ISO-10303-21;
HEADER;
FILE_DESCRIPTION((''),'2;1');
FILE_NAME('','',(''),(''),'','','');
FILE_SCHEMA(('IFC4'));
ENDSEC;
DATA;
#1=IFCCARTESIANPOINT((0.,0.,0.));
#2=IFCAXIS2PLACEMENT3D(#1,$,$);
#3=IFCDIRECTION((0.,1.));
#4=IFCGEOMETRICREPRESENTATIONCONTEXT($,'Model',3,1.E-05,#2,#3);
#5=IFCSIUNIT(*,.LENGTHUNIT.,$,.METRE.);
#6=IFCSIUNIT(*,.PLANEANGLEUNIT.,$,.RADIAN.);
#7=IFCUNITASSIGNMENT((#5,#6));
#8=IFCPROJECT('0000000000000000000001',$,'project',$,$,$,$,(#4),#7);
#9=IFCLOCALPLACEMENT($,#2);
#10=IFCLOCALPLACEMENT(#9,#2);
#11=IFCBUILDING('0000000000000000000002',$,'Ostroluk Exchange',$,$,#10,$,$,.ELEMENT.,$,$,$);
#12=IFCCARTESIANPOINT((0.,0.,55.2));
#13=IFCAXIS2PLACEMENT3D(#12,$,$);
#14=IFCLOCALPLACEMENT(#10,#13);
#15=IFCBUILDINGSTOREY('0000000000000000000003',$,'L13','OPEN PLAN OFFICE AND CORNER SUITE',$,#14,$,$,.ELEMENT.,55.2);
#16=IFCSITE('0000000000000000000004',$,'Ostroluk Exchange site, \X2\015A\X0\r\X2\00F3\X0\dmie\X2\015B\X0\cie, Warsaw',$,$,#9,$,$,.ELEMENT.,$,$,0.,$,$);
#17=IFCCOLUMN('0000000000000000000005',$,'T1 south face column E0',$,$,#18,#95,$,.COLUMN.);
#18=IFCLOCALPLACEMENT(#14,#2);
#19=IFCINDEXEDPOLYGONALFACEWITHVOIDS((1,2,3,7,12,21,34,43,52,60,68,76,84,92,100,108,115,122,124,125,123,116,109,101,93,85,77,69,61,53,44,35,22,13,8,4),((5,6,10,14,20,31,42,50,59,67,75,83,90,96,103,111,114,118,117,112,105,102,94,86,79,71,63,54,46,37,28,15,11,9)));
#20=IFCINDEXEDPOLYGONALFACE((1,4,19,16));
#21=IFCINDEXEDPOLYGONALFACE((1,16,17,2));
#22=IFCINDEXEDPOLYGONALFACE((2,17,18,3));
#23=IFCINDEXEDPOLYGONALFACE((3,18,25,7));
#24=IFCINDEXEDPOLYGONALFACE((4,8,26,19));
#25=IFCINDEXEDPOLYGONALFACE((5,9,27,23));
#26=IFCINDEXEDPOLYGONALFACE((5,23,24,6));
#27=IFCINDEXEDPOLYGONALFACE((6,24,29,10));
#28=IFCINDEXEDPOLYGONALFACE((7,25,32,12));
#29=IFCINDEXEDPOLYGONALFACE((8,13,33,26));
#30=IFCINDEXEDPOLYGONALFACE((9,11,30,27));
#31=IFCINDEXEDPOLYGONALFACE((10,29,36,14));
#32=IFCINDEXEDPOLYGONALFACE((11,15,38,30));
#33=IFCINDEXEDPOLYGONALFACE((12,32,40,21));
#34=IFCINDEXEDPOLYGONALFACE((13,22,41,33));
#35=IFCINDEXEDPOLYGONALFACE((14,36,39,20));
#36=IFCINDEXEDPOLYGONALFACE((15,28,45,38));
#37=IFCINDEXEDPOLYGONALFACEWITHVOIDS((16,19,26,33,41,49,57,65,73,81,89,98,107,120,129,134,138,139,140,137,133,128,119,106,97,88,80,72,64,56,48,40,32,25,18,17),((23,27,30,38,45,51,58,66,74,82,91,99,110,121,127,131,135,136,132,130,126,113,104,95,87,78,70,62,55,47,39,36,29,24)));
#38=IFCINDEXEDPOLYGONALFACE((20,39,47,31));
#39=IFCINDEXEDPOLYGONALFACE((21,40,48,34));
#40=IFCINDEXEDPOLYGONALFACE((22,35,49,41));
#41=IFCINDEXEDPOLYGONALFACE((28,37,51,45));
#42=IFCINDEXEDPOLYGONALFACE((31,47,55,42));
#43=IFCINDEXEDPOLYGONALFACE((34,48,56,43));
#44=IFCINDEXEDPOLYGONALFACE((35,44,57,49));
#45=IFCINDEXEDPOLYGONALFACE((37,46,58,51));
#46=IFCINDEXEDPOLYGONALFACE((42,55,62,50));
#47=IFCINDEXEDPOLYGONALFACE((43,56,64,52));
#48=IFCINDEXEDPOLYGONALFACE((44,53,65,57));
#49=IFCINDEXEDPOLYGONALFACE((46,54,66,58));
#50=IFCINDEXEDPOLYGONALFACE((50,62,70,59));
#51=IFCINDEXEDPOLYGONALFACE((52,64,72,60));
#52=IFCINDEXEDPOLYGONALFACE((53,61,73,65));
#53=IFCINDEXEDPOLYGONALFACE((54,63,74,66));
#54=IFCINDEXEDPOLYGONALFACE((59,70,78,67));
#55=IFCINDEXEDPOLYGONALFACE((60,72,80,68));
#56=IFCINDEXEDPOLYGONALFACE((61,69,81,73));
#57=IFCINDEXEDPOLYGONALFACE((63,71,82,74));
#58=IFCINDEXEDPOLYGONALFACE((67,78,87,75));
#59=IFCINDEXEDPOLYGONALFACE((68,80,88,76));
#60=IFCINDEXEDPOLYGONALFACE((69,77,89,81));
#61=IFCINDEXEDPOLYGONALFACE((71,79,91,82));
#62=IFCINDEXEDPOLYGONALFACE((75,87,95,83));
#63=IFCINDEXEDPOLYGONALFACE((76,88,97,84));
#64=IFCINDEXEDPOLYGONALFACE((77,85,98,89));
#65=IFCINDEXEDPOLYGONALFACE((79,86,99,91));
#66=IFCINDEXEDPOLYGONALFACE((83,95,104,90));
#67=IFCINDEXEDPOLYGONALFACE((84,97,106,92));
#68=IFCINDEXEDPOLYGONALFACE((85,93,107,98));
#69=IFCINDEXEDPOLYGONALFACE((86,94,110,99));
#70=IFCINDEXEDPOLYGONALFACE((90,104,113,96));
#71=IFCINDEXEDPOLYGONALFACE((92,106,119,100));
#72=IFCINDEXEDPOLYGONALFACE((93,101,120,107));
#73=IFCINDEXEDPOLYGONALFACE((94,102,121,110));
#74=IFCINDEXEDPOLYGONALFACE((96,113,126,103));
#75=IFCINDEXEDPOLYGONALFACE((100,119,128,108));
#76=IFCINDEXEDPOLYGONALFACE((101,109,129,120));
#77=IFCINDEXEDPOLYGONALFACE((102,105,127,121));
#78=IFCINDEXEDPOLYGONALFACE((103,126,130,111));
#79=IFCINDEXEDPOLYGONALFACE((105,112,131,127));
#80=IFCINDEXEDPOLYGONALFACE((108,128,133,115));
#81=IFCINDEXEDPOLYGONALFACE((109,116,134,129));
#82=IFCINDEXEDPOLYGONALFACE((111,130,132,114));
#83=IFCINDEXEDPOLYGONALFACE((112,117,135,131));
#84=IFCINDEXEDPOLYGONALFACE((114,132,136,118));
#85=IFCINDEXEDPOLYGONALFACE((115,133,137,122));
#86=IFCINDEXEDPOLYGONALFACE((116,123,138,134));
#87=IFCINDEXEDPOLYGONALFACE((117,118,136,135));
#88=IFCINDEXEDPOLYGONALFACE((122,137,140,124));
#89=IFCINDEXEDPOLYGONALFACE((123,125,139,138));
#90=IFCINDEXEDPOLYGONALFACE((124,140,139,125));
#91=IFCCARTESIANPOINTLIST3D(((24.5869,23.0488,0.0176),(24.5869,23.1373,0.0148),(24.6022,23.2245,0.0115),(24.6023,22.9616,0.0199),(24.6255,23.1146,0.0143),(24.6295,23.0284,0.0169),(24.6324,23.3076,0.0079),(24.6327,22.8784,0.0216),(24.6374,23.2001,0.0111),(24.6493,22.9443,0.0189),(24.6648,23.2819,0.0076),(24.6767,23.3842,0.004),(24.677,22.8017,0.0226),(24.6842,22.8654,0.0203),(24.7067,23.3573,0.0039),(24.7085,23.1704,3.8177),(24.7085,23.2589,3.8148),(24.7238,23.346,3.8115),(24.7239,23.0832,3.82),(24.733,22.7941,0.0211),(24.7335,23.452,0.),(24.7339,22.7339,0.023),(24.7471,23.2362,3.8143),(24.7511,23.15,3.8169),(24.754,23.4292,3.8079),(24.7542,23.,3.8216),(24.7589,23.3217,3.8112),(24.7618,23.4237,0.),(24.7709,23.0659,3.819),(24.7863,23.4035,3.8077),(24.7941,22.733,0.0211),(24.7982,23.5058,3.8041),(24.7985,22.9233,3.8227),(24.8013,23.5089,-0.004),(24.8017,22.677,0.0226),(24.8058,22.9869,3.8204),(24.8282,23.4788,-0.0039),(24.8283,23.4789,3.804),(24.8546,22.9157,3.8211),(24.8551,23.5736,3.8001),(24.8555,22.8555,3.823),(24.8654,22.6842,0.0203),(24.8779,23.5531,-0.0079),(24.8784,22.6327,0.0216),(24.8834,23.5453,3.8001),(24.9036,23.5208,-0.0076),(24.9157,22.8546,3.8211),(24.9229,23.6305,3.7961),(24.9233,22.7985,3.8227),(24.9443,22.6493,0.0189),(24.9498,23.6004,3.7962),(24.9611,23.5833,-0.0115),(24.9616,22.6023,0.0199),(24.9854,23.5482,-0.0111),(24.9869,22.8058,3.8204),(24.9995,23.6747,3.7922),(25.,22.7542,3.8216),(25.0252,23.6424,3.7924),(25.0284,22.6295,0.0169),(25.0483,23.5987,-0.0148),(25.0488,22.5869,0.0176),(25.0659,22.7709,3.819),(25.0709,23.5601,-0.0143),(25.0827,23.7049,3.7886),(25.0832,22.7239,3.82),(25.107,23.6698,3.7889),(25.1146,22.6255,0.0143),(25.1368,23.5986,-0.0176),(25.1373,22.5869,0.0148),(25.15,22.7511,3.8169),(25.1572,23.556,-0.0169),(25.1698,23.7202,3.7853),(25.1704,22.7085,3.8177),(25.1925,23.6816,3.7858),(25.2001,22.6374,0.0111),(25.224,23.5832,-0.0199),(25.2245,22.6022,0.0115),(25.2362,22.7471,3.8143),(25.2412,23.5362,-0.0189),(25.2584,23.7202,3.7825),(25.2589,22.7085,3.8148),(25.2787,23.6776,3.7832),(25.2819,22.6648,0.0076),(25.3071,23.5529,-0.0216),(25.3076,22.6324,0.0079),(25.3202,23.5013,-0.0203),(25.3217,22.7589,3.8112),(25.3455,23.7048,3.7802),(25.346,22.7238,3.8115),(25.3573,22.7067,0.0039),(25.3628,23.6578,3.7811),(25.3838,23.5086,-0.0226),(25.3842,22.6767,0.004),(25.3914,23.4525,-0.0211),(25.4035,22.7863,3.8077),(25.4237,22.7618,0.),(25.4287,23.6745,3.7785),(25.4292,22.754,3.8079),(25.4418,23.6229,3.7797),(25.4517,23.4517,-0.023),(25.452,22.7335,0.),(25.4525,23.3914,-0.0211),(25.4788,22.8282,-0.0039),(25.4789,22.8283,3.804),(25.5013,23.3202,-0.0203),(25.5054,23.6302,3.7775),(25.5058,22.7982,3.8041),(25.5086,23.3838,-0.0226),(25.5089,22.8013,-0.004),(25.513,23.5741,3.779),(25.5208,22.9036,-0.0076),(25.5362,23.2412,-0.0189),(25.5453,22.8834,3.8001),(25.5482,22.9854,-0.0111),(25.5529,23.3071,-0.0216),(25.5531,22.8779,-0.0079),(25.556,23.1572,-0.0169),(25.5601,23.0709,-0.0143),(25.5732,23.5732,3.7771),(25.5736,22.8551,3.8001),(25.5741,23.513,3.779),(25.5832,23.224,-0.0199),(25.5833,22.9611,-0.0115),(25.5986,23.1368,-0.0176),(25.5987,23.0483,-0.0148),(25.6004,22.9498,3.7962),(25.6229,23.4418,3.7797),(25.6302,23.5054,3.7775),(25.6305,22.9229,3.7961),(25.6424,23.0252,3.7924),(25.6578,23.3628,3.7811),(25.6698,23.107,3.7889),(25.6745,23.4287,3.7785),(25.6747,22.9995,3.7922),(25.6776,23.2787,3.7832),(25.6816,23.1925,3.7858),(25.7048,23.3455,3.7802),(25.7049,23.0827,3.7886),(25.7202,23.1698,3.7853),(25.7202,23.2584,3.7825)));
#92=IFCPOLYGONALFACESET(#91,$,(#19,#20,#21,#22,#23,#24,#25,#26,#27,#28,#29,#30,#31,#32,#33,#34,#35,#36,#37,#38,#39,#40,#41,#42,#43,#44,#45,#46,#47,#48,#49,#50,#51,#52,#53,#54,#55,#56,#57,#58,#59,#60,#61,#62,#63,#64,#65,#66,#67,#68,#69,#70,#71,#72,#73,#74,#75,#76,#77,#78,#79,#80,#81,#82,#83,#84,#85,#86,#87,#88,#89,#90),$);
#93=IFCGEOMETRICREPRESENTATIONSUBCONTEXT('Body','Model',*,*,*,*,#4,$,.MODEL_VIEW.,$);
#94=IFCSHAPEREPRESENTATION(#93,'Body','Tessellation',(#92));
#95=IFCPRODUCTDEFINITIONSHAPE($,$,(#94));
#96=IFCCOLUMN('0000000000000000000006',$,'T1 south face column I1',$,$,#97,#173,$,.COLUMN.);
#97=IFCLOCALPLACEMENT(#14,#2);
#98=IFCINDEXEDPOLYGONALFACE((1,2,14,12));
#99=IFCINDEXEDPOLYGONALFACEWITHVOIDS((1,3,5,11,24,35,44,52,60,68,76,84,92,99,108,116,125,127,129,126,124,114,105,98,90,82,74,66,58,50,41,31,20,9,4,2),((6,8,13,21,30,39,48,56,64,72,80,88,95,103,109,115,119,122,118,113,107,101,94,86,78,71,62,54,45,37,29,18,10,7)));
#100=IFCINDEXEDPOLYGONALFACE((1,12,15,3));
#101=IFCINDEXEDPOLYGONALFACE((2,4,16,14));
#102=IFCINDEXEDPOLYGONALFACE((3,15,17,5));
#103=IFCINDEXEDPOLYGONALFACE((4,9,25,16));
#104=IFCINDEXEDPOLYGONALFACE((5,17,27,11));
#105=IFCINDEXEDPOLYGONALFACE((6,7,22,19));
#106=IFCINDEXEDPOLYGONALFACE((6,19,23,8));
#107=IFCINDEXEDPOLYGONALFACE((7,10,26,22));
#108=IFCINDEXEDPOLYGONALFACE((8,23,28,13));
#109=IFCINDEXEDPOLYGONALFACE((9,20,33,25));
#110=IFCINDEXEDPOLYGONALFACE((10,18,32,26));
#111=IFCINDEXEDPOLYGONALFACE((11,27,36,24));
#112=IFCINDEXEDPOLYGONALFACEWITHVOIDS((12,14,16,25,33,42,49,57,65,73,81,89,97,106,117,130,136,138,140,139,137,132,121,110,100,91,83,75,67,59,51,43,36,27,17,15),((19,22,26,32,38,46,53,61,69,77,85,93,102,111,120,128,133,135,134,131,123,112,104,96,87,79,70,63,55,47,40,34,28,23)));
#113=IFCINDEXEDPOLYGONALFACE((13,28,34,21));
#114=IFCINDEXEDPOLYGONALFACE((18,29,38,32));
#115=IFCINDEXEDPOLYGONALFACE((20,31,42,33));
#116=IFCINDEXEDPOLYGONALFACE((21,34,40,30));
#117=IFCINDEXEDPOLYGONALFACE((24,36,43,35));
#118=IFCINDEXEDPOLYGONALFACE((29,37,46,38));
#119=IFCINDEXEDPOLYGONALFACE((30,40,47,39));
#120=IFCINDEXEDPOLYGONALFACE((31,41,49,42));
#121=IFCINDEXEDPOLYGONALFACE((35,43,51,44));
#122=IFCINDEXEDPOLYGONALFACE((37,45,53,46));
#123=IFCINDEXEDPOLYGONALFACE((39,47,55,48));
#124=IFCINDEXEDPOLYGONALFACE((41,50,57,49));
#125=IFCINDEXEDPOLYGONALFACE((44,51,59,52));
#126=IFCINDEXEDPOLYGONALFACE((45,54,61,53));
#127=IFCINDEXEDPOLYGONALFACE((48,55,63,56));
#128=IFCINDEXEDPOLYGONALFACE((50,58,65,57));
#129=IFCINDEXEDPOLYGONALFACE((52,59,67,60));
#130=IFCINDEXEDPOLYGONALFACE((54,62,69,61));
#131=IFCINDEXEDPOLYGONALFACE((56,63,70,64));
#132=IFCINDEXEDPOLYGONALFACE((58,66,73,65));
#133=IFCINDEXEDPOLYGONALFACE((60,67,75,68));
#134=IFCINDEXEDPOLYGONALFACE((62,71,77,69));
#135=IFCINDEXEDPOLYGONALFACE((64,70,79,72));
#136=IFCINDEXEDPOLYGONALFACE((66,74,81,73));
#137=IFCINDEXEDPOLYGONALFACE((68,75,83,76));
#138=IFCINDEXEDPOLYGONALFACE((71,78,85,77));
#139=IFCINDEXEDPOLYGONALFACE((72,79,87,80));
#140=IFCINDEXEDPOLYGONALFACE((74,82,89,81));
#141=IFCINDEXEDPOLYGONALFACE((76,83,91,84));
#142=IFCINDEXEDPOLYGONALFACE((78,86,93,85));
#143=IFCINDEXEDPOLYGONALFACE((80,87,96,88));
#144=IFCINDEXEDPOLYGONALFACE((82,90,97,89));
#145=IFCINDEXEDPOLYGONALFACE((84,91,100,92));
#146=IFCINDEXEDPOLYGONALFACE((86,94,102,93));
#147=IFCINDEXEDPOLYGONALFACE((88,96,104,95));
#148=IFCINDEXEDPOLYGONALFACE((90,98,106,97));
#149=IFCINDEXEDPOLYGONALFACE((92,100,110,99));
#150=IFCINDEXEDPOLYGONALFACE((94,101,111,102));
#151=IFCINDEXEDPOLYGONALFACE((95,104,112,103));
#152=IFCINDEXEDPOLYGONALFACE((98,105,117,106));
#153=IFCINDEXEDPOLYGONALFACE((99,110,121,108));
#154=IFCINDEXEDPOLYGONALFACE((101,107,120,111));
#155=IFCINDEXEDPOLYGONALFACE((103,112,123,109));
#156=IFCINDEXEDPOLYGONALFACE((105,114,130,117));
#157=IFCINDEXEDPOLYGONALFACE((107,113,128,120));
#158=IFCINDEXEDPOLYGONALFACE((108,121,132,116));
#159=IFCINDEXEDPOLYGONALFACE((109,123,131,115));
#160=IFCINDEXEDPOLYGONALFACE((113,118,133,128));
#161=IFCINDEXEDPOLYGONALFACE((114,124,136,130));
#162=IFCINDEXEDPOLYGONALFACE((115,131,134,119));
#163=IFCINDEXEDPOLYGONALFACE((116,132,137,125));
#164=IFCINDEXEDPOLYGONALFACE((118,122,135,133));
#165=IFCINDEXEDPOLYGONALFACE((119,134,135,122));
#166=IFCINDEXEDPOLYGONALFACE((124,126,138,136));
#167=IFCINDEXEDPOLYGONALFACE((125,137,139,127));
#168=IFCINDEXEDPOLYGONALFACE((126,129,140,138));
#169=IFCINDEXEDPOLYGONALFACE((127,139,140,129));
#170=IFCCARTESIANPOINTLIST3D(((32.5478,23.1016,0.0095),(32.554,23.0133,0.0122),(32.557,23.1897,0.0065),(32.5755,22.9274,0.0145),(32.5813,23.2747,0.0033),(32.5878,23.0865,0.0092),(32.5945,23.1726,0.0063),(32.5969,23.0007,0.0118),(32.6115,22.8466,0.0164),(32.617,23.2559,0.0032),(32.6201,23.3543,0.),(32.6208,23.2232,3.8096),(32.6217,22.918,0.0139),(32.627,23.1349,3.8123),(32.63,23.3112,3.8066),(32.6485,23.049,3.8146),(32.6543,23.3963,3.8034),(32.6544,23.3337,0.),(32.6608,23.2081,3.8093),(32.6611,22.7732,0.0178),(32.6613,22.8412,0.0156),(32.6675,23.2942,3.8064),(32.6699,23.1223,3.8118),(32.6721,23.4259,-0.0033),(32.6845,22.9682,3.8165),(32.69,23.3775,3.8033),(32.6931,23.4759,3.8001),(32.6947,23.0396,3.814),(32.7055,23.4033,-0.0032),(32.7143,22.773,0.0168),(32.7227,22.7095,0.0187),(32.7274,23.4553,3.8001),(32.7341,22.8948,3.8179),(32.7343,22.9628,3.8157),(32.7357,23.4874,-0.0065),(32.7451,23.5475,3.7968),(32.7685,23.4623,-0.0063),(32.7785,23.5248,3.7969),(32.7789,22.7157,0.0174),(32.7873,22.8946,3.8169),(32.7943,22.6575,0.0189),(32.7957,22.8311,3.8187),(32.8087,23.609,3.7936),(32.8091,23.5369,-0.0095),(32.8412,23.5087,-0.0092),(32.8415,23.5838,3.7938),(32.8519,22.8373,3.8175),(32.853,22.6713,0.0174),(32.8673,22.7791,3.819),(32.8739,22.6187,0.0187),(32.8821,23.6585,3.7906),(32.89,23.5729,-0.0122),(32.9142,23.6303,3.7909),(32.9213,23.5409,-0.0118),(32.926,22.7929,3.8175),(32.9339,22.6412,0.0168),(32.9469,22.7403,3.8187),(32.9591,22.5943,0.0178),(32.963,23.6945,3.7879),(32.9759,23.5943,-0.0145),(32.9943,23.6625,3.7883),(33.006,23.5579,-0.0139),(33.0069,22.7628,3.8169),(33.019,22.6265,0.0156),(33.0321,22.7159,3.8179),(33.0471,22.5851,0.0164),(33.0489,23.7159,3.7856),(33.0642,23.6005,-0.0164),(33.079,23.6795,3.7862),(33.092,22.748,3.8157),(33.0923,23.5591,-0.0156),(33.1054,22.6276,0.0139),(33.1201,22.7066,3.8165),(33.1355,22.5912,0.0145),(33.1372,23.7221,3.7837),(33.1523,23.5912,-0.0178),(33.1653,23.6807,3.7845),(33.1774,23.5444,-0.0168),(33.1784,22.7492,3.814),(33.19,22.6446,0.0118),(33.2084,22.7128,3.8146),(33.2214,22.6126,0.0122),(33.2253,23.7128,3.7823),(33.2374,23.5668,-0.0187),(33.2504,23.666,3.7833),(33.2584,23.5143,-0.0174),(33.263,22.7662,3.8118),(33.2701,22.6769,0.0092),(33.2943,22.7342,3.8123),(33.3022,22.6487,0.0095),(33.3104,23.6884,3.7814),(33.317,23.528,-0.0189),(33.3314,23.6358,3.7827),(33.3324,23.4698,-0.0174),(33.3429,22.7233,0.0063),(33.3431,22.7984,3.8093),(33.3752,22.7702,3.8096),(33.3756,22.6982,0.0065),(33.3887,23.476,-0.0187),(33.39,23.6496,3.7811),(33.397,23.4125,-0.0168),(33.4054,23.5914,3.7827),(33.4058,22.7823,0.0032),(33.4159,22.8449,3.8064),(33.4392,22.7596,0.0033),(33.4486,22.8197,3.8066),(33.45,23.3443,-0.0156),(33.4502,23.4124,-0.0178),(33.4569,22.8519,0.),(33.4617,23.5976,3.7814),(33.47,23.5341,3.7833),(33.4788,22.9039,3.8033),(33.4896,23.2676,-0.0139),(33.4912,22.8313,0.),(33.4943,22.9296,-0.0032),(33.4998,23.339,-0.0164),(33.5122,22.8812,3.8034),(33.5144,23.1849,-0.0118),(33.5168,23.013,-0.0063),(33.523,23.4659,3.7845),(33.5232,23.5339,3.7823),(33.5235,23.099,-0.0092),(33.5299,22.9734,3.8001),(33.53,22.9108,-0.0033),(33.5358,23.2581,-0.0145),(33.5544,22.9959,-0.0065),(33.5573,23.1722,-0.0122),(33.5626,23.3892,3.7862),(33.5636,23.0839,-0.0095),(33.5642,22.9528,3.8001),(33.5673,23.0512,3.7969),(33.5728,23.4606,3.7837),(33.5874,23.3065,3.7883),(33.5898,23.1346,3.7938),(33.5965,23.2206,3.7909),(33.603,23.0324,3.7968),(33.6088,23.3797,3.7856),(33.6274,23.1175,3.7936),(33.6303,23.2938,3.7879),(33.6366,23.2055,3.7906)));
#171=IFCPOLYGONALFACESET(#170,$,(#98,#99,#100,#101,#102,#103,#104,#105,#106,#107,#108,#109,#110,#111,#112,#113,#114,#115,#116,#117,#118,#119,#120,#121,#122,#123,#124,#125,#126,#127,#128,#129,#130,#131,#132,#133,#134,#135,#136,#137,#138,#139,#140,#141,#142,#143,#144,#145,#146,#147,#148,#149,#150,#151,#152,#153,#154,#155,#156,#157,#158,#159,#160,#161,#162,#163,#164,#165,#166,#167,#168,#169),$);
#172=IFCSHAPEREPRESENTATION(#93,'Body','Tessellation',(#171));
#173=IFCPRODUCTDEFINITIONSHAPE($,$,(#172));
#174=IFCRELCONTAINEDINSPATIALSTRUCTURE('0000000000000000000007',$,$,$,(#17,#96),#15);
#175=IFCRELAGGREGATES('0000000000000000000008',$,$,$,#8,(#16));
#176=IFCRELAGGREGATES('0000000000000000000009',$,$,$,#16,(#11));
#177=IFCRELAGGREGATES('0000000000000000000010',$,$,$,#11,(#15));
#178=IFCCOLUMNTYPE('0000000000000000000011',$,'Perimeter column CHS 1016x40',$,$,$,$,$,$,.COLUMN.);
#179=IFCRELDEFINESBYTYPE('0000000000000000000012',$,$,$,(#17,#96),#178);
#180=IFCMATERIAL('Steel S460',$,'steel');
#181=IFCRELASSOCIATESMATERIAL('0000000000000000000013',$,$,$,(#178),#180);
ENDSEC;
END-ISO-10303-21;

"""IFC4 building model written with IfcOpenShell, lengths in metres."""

from ifc_helpers import new_model, si_unit, direction, frame, origin, origin_2d, place, context, subcontext, project, spatial, hollow_circle, extrude, material, material_profile, profile_set, type_object, element, save


model = new_model("IFC4")

# Units and contexts
model_context = context("Model", 3, precision=1e-05, world=origin(), true_north=direction((0.0, 1.0)))
body_context = subcontext(model_context, "Body", "Model", "MODEL_VIEW")
ifc_project = project(units=[si_unit("LENGTHUNIT", "METRE"), si_unit("PLANEANGLEUNIT", "RADIAN")], contexts=[model_context])

# Site, building, storey
site_placement = place(None, origin())
site = spatial("IfcSite", under=ifc_project, at=site_placement, Name="Ostroluk Exchange site, Śródmieście, Warsaw", CompositionType="ELEMENT", RefElevation=0.0)
building_placement = place(site_placement, origin())
building = spatial("IfcBuilding", under=site, at=building_placement, Name="Ostroluk Exchange", CompositionType="ELEMENT")
storey_placement = place(building_placement, frame((0.0, 0.0, 55.2)))
storey = spatial("IfcBuildingStorey", under=building, at=storey_placement, Name="L13", Description="OPEN PLAN OFFICE AND CORNER SUITE", CompositionType="ELEMENT", Elevation=55.2)

# Columns
ifc_material_1 = material(Name="Steel S460", Category="steel")
ifc_material_profile_1 = material_profile(ifc_material_1, hollow_circle(Radius=0.5081, WallThickness=0.04, at=origin_2d()), Name="CHS 1016x40")
ifc_profile_set_1 = profile_set([ifc_material_profile_1], Name="Steel S460")
column_type = type_object("IfcColumnType", Name="Perimeter column CHS 1016x40", PredefinedType="COLUMN", material=ifc_profile_set_1)
column_1_placement = place(storey_placement, frame((25.0928, 23.0928, 0.0), z_axis=(0.031962, 0.031962, 0.998978), x_axis=(-0.707107, 0.707107, 0.0)))
element("IfcColumn", 1, at=column_1_placement, inside=storey, type_object=column_type, Name="T1 south face column E0", PredefinedType="COLUMN", context=body_context, shape_type="SweptSolid", body=[
    extrude(hollow_circle(Radius=0.5081, WallThickness=0.04, at=origin_2d()), origin(), (0.0, 0.0, 1.0), 3.804),
])
column_2_placement = place(storey_placement, frame((33.0557, 23.0928, 0.0), z_axis=(0.019196, 0.031973, 0.999304), x_axis=(-0.857341, 0.514749, 0.0)))
element("IfcColumn", 2, at=column_2_placement, inside=storey, type_object=column_type, Name="T1 south face column I1", PredefinedType="COLUMN", context=body_context, shape_type="SweptSolid", body=[
    extrude(hollow_circle(Radius=0.5081, WallThickness=0.04, at=origin_2d()), origin(), (0.0, 0.0, 1.0), 3.8027),
])

save(model, "model.ifc")
